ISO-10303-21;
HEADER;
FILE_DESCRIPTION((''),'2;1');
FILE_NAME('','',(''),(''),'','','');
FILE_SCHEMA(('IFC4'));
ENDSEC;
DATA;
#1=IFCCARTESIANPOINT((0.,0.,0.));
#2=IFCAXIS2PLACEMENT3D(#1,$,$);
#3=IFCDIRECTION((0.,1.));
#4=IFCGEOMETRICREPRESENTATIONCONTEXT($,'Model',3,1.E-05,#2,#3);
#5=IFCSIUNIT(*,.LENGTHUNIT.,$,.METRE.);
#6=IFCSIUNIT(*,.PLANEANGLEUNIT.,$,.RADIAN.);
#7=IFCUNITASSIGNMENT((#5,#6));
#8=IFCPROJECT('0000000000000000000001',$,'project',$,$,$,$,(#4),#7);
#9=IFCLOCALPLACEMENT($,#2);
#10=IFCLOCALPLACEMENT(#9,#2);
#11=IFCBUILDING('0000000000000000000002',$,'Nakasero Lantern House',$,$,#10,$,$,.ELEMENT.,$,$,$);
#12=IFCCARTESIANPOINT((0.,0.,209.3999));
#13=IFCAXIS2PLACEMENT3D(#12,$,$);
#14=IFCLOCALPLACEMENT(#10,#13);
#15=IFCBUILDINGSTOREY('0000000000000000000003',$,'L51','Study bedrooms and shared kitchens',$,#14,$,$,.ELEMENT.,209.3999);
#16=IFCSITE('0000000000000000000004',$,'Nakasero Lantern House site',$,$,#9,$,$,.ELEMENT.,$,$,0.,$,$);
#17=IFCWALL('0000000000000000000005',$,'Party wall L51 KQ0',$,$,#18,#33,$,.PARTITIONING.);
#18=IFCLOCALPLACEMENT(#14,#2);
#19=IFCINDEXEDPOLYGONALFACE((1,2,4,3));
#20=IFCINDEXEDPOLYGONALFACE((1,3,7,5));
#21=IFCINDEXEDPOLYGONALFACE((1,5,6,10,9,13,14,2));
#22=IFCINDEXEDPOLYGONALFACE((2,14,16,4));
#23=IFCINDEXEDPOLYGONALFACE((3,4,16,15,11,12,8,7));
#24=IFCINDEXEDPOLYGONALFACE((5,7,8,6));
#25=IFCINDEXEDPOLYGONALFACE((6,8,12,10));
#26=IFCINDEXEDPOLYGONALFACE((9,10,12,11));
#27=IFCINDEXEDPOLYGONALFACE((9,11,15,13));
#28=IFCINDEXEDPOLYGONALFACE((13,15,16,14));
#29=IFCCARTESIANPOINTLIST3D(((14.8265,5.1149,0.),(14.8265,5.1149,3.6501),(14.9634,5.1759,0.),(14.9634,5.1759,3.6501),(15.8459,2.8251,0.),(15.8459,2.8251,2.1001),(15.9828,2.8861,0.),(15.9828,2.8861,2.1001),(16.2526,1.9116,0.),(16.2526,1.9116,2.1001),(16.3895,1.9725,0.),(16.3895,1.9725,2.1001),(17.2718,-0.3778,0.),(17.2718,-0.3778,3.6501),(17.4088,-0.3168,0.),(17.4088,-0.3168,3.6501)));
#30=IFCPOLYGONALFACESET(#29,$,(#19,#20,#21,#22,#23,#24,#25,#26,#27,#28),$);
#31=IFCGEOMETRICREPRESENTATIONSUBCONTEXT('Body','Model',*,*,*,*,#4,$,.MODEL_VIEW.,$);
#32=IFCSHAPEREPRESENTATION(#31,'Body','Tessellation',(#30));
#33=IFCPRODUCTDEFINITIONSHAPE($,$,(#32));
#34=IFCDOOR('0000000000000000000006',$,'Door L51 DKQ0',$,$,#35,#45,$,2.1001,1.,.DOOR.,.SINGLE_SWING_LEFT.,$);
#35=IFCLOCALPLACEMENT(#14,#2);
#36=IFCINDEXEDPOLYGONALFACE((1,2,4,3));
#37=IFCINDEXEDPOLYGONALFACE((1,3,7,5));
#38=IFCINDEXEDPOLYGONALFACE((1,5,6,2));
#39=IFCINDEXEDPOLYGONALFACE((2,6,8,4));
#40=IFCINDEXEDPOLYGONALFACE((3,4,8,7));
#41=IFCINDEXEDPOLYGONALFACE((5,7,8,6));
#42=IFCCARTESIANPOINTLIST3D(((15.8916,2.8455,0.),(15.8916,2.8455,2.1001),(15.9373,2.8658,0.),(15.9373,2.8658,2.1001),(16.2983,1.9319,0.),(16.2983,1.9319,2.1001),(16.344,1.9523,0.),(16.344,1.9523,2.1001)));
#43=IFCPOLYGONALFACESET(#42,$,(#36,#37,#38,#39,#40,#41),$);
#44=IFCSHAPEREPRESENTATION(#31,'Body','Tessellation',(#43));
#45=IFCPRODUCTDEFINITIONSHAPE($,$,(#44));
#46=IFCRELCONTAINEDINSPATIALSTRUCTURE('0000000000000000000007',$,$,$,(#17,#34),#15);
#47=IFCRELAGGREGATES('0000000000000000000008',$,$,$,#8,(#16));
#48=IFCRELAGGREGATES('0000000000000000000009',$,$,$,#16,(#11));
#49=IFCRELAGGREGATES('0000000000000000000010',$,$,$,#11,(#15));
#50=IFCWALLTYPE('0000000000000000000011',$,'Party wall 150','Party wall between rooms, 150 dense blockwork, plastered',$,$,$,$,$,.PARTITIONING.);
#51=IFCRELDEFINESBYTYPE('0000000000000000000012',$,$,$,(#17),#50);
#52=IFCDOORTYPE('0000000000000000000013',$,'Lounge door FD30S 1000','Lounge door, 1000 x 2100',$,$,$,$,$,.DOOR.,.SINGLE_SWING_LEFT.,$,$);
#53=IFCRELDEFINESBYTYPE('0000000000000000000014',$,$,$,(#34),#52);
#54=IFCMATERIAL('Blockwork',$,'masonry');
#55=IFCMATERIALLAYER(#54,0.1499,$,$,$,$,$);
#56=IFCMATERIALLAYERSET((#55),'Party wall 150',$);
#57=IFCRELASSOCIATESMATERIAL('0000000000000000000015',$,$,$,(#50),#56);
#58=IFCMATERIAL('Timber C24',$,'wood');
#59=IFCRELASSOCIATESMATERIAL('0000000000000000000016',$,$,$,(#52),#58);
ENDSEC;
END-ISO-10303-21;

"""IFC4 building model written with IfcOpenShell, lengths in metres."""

from ifc_helpers import new_model, si_unit, direction, frame, frame_2d, origin, place, context, subcontext, project, spatial, rectangle, extrude, material, layer, layer_set, type_object, element, fill, save


model = new_model("IFC4")

# Units and contexts
model_context = context("Model", 3, precision=1e-05, world=origin(), true_north=direction((0.0, 1.0)))
body_context = subcontext(model_context, "Body", "Model", "MODEL_VIEW")
ifc_project = project(units=[si_unit("LENGTHUNIT", "METRE"), si_unit("PLANEANGLEUNIT", "RADIAN")], contexts=[model_context])

# Site, building, storey
site_placement = place(None, origin())
site = spatial("IfcSite", under=ifc_project, at=site_placement, Name="Nakasero Lantern House site", CompositionType="ELEMENT", RefElevation=0.0)
building_placement = place(site_placement, origin())
building = spatial("IfcBuilding", under=site, at=building_placement, Name="Nakasero Lantern House", CompositionType="ELEMENT")
storey_placement = place(building_placement, frame((0.0, 0.0, 209.3999)))
storey = spatial("IfcBuildingStorey", under=building, at=storey_placement, Name="L51", Description="Study bedrooms and shared kitchens", CompositionType="ELEMENT", Elevation=209.3999)

# Shared definitions
ifc_material_1 = material(Name="Blockwork", Category="masonry")
ifc_layer_1 = layer(ifc_material_1, 0.1499)
ifc_layer_set_1 = layer_set([ifc_layer_1], Name="Party wall 150")
wall_type_1 = type_object("IfcWallType", Name="Party wall 150", Description="Party wall between rooms, 150 dense blockwork, plastered", PredefinedType="PARTITIONING", material=ifc_layer_set_1)

# Wall, opening, door
wall_1_placement = place(storey_placement, frame((17.3403, -0.3474, 0.0), z_axis=(0.0, 0.0, 1.0), x_axis=(-0.406711, 0.913557, 0.0)))
wall_1 = element("IfcWall", 1, at=wall_1_placement, inside=storey, type_object=wall_type_1, Name="Party wall L51 KQ0", PredefinedType="PARTITIONING", context=body_context, shape_type="SweptSolid", body=[
    extrude(rectangle(XDim=6.0125, YDim=0.1499, at=frame_2d((3.0063, 0.0))), origin(), (0.0, 0.0, 1.0), 3.6501),
])
opening_1_placement = place(wall_1_placement, frame((2.5061, 0.0, 0.0)))
opening_1 = element("IfcOpeningElement", 2, at=opening_1_placement, cuts=wall_1, PredefinedType="OPENING", context=body_context, shape_type="SweptSolid", body=[
    extrude(rectangle(XDim=1.0, YDim=2.1001, at=frame_2d((0.5, 1.05))), frame((0.0, 0.095, 0.0), z_axis=(0.0, -1.0, 0.0), x_axis=(1.0, 0.0, 0.0)), (0.0, 0.0, 1.0), 0.1899),
])
ifc_material_2 = material(Name="Timber C24", Category="wood")
door_type_1 = type_object("IfcDoorType", Name="Lounge door FD30S 1000", Description="Lounge door, 1000 x 2100", OperationType="SINGLE_SWING_LEFT", PredefinedType="DOOR", material=ifc_material_2)
door_1_placement = place(opening_1_placement, origin())
door_1 = element("IfcDoor", 3, at=door_1_placement, inside=storey, type_object=door_type_1, Name="Door L51 DKQ0", OperationType="SINGLE_SWING_LEFT", OverallHeight=2.1001, OverallWidth=1.0, PredefinedType="DOOR", context=body_context, shape_type="SweptSolid", body=[
    extrude(rectangle(XDim=1.0, YDim=2.1001, at=frame_2d((0.5, 1.05))), frame((0.0, 0.0249, 0.0), z_axis=(0.0, -1.0, 0.0), x_axis=(1.0, 0.0, 0.0)), (0.0, 0.0, 1.0), 0.05),
])
fill(opening_1, door_1)

save(model, "model.ifc")
